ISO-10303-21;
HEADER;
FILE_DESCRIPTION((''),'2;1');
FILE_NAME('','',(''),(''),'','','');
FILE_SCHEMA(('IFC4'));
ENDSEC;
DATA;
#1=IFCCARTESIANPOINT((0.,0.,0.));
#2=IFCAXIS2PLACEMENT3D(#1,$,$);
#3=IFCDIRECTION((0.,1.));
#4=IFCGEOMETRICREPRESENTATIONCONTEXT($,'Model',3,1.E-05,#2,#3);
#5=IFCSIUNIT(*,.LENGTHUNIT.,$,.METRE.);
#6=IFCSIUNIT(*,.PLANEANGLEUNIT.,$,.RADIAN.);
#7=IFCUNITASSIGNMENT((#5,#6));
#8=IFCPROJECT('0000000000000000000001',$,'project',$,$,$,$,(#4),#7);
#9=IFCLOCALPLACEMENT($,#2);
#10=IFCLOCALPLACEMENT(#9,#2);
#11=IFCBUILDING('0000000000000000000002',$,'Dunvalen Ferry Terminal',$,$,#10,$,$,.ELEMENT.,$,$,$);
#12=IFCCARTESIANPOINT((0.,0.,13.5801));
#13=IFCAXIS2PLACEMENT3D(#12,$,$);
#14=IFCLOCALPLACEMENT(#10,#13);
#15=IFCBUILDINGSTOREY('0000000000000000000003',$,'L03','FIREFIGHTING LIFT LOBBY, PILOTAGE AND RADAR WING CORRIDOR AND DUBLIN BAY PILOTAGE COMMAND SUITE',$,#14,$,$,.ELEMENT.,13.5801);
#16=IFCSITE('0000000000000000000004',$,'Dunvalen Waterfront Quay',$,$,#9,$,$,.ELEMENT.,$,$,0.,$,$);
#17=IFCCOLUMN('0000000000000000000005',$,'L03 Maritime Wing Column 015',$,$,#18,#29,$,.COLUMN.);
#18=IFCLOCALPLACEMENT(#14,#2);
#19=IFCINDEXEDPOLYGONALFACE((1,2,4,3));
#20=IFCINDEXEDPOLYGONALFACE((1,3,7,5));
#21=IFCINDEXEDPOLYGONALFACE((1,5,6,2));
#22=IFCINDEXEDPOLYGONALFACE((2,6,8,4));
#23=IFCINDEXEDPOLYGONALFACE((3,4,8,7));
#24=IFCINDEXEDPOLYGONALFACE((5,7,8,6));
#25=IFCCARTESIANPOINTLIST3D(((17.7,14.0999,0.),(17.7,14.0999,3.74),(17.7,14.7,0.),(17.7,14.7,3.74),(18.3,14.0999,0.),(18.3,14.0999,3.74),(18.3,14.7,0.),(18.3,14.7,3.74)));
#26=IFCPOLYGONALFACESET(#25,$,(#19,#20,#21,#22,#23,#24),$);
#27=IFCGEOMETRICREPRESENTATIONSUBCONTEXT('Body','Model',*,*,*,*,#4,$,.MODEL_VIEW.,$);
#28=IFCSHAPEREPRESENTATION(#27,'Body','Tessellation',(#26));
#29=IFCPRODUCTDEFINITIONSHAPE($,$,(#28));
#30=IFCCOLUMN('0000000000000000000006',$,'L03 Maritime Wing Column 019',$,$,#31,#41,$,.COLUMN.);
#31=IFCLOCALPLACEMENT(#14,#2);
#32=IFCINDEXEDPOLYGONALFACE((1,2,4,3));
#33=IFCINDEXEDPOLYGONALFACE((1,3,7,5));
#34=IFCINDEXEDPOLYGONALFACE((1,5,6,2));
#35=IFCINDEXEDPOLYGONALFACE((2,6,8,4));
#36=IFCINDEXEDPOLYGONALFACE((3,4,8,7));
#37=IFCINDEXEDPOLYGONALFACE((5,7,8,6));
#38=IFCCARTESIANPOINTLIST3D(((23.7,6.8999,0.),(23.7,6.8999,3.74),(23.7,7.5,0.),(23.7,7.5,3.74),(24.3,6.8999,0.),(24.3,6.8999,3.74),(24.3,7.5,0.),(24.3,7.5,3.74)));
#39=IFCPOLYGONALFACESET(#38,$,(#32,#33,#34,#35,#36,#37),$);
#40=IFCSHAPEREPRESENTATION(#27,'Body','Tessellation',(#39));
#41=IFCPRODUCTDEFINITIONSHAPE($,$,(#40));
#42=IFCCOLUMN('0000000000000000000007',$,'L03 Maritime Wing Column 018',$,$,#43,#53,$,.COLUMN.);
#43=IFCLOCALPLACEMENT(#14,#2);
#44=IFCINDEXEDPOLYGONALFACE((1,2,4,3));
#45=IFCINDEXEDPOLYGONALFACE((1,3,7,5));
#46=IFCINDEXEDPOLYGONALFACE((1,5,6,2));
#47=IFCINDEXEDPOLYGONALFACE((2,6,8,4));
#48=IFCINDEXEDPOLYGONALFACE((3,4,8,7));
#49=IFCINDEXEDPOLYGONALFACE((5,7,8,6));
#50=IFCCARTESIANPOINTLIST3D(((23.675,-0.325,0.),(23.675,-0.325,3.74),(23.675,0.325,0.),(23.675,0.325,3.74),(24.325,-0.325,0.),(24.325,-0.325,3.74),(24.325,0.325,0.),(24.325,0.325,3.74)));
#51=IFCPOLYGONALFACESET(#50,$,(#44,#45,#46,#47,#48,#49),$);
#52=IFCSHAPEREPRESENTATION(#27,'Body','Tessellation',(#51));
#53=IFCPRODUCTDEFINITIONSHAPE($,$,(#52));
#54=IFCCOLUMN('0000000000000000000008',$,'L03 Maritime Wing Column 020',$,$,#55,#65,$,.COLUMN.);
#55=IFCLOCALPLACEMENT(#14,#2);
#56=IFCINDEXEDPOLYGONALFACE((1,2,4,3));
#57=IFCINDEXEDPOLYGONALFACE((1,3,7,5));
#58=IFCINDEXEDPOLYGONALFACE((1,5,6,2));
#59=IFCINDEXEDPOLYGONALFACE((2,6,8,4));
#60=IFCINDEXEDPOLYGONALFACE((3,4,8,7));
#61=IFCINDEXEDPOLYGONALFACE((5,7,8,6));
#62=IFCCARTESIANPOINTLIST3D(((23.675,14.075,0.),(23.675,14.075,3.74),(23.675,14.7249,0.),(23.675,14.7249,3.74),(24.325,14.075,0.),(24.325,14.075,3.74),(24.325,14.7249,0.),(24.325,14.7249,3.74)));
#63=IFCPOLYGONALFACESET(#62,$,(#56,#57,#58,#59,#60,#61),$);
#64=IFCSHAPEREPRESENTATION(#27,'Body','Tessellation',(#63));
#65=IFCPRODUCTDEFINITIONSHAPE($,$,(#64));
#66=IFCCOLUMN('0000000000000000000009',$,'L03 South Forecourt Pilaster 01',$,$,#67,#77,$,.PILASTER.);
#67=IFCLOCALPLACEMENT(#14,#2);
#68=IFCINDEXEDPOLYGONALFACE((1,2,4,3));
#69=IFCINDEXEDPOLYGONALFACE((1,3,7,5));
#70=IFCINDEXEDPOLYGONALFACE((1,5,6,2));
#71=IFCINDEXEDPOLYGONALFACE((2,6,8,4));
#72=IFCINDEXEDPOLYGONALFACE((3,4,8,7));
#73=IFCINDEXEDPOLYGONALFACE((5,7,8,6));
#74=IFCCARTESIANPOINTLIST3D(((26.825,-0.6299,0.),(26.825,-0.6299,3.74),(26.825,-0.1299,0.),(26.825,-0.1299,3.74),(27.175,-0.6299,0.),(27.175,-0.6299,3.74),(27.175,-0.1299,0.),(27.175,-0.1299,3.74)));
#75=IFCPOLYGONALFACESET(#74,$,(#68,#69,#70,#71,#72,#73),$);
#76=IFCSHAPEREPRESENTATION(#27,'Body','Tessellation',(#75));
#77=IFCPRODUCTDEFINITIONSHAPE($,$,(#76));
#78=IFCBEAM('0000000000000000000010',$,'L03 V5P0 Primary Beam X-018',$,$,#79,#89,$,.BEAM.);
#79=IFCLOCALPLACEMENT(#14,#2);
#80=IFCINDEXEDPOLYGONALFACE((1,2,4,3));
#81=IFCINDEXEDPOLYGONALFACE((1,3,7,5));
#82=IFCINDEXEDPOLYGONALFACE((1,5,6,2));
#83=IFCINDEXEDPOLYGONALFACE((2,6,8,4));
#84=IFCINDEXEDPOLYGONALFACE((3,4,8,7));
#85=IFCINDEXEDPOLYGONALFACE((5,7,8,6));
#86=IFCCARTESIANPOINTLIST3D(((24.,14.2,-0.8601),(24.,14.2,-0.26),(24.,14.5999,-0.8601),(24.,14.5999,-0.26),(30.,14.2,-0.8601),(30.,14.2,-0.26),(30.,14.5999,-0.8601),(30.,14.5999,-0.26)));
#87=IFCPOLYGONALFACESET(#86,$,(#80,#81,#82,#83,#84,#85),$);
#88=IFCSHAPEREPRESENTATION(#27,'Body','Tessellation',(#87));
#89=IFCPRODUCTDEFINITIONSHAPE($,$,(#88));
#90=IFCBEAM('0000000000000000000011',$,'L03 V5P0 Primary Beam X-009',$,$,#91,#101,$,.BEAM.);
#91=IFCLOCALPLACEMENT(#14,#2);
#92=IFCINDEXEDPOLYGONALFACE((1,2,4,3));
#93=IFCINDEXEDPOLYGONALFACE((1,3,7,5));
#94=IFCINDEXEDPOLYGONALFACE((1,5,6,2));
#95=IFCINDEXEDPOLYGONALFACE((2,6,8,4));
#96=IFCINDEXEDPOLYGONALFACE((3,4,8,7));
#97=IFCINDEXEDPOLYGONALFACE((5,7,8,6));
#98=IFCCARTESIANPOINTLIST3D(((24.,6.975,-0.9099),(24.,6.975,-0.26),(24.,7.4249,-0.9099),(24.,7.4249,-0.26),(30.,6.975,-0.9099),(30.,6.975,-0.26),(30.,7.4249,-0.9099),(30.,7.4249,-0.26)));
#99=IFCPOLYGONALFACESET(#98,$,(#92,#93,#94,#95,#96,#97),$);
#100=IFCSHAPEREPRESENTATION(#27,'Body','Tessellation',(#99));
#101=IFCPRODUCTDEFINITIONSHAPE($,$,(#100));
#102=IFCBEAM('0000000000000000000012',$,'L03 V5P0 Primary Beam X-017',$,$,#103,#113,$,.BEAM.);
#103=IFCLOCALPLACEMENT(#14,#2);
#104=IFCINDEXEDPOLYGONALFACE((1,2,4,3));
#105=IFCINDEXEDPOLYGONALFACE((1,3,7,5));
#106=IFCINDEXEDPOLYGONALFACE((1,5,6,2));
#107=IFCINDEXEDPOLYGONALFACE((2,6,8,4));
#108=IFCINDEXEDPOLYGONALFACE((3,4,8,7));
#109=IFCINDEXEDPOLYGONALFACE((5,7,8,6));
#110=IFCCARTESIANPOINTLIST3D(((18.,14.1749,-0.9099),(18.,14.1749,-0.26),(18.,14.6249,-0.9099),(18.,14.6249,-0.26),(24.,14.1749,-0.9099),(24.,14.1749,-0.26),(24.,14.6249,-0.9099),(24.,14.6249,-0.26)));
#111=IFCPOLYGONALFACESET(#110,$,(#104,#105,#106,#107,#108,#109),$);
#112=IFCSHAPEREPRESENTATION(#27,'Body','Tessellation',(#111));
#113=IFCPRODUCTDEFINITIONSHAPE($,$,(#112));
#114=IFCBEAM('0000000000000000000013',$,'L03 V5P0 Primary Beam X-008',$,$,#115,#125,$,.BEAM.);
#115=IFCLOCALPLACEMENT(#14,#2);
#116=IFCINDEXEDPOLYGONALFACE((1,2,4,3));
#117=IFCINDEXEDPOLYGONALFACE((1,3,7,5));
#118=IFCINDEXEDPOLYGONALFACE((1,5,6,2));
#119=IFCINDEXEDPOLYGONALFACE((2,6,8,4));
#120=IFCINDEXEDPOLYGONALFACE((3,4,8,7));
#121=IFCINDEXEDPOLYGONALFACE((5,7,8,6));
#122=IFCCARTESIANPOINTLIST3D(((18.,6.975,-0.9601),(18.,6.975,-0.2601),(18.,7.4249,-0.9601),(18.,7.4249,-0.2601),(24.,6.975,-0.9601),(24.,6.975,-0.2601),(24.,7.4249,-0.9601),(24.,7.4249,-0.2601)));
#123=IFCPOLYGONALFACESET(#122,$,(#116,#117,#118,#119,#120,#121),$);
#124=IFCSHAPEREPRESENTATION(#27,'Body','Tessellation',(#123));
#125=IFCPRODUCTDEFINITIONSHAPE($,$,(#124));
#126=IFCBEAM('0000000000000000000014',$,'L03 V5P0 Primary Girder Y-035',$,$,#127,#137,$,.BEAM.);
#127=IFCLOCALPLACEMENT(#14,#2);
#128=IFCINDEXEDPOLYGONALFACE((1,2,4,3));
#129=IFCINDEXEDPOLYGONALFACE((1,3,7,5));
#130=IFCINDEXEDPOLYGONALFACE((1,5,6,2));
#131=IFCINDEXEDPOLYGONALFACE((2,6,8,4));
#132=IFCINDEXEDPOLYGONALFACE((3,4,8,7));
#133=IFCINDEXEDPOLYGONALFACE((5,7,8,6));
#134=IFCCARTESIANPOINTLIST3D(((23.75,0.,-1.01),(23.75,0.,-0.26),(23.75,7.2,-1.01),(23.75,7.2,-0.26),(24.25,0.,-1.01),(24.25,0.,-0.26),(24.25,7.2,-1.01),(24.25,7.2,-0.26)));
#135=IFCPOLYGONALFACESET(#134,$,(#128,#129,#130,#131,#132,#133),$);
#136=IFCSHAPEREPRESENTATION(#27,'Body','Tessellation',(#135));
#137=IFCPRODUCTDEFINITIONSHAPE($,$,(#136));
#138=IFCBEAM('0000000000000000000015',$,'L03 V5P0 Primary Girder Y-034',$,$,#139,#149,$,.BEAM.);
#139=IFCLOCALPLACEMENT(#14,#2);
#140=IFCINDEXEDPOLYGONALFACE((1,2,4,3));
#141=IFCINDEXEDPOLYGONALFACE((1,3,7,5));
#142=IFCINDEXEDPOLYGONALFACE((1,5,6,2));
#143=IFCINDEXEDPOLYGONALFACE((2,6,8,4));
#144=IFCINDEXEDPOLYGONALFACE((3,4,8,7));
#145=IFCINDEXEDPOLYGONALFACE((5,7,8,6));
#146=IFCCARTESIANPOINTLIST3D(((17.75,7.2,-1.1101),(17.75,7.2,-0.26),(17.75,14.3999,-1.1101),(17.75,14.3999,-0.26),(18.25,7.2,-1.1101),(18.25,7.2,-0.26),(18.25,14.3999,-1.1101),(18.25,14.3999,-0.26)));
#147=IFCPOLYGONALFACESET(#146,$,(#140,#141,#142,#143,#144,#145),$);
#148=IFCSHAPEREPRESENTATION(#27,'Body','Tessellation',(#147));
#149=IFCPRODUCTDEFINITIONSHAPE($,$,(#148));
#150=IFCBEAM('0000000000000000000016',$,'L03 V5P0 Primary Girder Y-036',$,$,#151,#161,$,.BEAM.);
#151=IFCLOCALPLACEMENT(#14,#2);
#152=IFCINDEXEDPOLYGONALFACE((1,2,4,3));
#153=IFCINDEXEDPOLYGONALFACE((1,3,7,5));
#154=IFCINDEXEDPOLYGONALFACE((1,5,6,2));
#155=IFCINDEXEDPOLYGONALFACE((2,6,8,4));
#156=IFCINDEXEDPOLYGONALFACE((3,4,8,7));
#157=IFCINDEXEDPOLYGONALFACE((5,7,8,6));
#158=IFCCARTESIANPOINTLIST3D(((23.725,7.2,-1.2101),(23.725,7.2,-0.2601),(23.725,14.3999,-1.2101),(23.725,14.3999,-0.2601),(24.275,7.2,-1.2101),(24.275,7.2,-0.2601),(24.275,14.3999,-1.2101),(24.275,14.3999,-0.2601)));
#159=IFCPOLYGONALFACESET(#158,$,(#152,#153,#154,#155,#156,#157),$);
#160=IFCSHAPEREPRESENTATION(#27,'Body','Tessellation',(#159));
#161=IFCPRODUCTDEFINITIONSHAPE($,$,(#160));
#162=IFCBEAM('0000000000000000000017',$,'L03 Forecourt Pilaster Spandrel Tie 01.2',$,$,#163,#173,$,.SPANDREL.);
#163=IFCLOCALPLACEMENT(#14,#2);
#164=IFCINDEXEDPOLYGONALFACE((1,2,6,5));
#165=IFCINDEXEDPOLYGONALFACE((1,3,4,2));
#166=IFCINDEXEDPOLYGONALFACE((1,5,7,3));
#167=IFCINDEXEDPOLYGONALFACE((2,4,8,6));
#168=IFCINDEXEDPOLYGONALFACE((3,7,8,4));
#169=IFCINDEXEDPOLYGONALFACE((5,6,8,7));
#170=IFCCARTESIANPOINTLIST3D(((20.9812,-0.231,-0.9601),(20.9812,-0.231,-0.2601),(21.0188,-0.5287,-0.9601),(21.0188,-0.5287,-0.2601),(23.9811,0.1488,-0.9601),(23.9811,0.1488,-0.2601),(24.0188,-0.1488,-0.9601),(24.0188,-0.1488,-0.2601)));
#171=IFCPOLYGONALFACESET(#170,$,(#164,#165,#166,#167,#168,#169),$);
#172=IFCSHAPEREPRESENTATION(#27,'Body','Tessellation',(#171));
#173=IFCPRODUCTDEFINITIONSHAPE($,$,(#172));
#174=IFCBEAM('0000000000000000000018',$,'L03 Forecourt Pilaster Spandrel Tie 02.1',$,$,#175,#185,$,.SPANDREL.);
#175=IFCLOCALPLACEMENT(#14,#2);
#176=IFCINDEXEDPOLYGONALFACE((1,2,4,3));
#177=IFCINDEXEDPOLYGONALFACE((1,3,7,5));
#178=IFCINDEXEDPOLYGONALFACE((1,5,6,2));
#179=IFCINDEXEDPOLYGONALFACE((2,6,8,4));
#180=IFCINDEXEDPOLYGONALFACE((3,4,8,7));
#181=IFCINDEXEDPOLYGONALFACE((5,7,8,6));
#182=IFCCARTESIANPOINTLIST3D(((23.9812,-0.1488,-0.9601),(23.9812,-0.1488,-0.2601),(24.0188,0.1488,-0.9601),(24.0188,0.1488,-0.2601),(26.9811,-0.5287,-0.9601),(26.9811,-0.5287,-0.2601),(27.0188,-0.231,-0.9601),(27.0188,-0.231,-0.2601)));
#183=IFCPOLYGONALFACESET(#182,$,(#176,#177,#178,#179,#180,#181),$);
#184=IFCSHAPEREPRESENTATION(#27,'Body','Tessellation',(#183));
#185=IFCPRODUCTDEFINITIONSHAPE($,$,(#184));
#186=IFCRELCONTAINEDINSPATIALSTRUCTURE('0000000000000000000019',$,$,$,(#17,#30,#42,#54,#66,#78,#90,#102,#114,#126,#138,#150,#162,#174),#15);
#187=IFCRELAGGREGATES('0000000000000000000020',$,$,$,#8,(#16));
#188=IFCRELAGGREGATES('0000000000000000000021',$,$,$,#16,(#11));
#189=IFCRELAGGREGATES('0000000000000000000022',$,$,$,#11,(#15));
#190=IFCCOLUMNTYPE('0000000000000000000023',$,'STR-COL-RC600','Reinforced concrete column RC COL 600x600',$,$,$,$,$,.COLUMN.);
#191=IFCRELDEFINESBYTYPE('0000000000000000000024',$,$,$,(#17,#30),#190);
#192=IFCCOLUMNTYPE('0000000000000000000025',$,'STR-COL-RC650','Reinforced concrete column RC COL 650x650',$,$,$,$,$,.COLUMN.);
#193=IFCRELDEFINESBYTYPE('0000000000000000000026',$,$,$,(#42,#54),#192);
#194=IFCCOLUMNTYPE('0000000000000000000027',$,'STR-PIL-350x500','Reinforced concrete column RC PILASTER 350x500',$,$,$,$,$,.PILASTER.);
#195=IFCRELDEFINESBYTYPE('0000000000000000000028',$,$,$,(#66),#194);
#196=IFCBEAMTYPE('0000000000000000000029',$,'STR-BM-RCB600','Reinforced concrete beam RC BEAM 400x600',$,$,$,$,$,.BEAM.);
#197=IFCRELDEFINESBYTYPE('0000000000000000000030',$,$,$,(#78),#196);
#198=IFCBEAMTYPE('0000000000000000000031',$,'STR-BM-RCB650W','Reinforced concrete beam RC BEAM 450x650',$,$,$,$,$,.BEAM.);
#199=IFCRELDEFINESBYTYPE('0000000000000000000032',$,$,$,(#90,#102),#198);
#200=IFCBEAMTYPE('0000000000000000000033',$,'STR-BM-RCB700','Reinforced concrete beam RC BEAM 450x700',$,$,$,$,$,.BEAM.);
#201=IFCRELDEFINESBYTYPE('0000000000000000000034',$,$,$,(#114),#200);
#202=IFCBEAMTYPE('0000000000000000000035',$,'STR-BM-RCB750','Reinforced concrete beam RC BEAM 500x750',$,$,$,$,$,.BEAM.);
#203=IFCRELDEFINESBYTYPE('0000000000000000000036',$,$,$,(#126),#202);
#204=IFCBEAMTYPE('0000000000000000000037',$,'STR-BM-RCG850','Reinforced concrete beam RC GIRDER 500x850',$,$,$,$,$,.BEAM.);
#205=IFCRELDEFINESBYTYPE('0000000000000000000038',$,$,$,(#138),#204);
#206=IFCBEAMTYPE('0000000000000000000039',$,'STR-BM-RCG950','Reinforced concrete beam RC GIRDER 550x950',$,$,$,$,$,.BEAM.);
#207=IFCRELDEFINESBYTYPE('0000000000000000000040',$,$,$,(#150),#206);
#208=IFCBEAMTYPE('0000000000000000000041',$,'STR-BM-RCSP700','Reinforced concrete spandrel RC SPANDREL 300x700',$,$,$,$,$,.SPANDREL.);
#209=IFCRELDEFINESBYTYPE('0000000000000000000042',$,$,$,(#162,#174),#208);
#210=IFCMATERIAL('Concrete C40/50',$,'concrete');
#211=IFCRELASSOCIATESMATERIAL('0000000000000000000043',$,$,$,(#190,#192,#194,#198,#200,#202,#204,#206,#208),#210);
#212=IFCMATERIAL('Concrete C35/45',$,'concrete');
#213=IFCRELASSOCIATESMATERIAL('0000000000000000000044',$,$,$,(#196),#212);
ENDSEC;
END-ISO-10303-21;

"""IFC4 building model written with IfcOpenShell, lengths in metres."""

from ifc_helpers import new_model, si_unit, direction, frame, origin, origin_2d, place, context, subcontext, project, spatial, rectangle, extrude, material, material_profile, profile_set, type_object, element, save


model = new_model("IFC4")

# Units and contexts
model_context = context("Model", 3, precision=1e-05, world=origin(), true_north=direction((0.0, 1.0)))
body_context = subcontext(model_context, "Body", "Model", "MODEL_VIEW")
ifc_project = project(units=[si_unit("LENGTHUNIT", "METRE"), si_unit("PLANEANGLEUNIT", "RADIAN")], contexts=[model_context])

# Site, building, storey
site_placement = place(None, origin())
site = spatial("IfcSite", under=ifc_project, at=site_placement, Name="Dunvalen Waterfront Quay", CompositionType="ELEMENT", RefElevation=0.0)
building_placement = place(site_placement, origin())
building = spatial("IfcBuilding", under=site, at=building_placement, Name="Dunvalen Ferry Terminal", CompositionType="ELEMENT")
storey_placement = place(building_placement, frame((0.0, 0.0, 13.5801)))
storey = spatial("IfcBuildingStorey", under=building, at=storey_placement, Name="L03", Description="FIREFIGHTING LIFT LOBBY, PILOTAGE AND RADAR WING CORRIDOR AND DUBLIN BAY PILOTAGE COMMAND SUITE", CompositionType="ELEMENT", Elevation=13.5801)

# Columns
ifc_material_1 = material(Name="Concrete C40/50", Category="concrete")
ifc_material_profile_1 = material_profile(ifc_material_1, rectangle(XDim=0.6001, YDim=0.6001, at=origin_2d()), Name="Concrete C40/50")
ifc_profile_set_1 = profile_set([ifc_material_profile_1], Name="Concrete C40/50")
column_type_1 = type_object("IfcColumnType", Name="STR-COL-RC600", Description="Reinforced concrete column RC COL 600x600", PredefinedType="COLUMN", material=ifc_profile_set_1)
for number, where, z_axis, x_axis, name in (
    (1, (18.0, 14.3999, 0.0), (0.0, 0.0, 1.0), (1.0, 0.0, 0.0), "L03 Maritime Wing Column 015"),
    (2, (24.0, 7.2, 0.0), (0.0, 0.0, 1.0), (1.0, 0.0, 0.0), "L03 Maritime Wing Column 019"),
):
    element("IfcColumn", number, at=place(storey_placement, frame(where, z_axis=z_axis, x_axis=x_axis)), inside=storey, type_object=column_type_1, Name=name, PredefinedType="COLUMN", context=body_context, shape_type="SweptSolid", body=[
        extrude(rectangle(XDim=0.6001, YDim=0.6001, at=origin_2d()), origin(), (0.0, 0.0, 1.0), 3.74),
    ])
ifc_material_profile_2 = material_profile(ifc_material_1, rectangle(XDim=0.6499, YDim=0.6499, at=origin_2d()), Name="Concrete C40/50")
ifc_profile_set_2 = profile_set([ifc_material_profile_2], Name="Concrete C40/50")
column_type_2 = type_object("IfcColumnType", Name="STR-COL-RC650", Description="Reinforced concrete column RC COL 650x650", PredefinedType="COLUMN", material=ifc_profile_set_2)
for number, where, z_axis, x_axis, name in (
    (3, (24.0, 0.0, 0.0), (0.0, 0.0, 1.0), (1.0, 0.0, 0.0), "L03 Maritime Wing Column 018"),
    (4, (24.0, 14.3999, 0.0), (0.0, 0.0, 1.0), (1.0, 0.0, 0.0), "L03 Maritime Wing Column 020"),
):
    element("IfcColumn", number, at=place(storey_placement, frame(where, z_axis=z_axis, x_axis=x_axis)), inside=storey, type_object=column_type_2, Name=name, PredefinedType="COLUMN", context=body_context, shape_type="SweptSolid", body=[
        extrude(rectangle(XDim=0.6499, YDim=0.6499, at=origin_2d()), origin(), (0.0, 0.0, 1.0), 3.74),
    ])
ifc_material_profile_3 = material_profile(ifc_material_1, rectangle(XDim=0.3501, YDim=0.5, at=origin_2d()), Name="Concrete C40/50")
ifc_profile_set_3 = profile_set([ifc_material_profile_3], Name="Concrete C40/50")
column_type_3 = type_object("IfcColumnType", Name="STR-PIL-350x500", Description="Reinforced concrete column RC PILASTER 350x500", PredefinedType="PILASTER", material=ifc_profile_set_3)
column_placement = place(storey_placement, frame((27.0, -0.3799, 0.0), z_axis=(0.0, 0.0, 1.0), x_axis=(1.0, 0.0, 0.0)))
element("IfcColumn", 5, at=column_placement, inside=storey, type_object=column_type_3, Name="L03 South Forecourt Pilaster 01", PredefinedType="PILASTER", context=body_context, shape_type="SweptSolid", body=[
    extrude(rectangle(XDim=0.3501, YDim=0.5, at=origin_2d()), origin(), (0.0, 0.0, 1.0), 3.74),
])

# Beams
ifc_material_2 = material(Name="Concrete C35/45", Category="concrete")
ifc_material_profile_4 = material_profile(ifc_material_2, rectangle(XDim=0.3999, YDim=0.6001, at=origin_2d()), Name="Concrete C35/45")
ifc_profile_set_4 = profile_set([ifc_material_profile_4], Name="Concrete C35/45")
beam_type_1 = type_object("IfcBeamType", Name="STR-BM-RCB600", Description="Reinforced concrete beam RC BEAM 400x600", PredefinedType="BEAM", material=ifc_profile_set_4)
beam_1_placement = place(storey_placement, frame((24.0, 14.3999, -0.5601), z_axis=(1.0, 0.0, 0.0), x_axis=(0.0, 1.0, 0.0)))
element("IfcBeam", 6, at=beam_1_placement, inside=storey, type_object=beam_type_1, Name="L03 V5P0 Primary Beam X-018", PredefinedType="BEAM", context=body_context, shape_type="SweptSolid", body=[
    extrude(rectangle(XDim=0.3999, YDim=0.6001, at=origin_2d()), origin(), (0.0, 0.0, 1.0), 6.0),
])
ifc_material_profile_5 = material_profile(ifc_material_1, rectangle(XDim=0.45, YDim=0.6499, at=origin_2d()), Name="Concrete C40/50")
ifc_profile_set_5 = profile_set([ifc_material_profile_5], Name="Concrete C40/50")
beam_type_2 = type_object("IfcBeamType", Name="STR-BM-RCB650W", Description="Reinforced concrete beam RC BEAM 450x650", PredefinedType="BEAM", material=ifc_profile_set_5)
for number, where, z_axis, x_axis, name in (
    (7, (24.0, 7.2, -0.585), (1.0, 0.0, 0.0), (0.0, 1.0, 0.0), "L03 V5P0 Primary Beam X-009"),
    (8, (18.0, 14.3999, -0.585), (1.0, 0.0, 0.0), (0.0, 1.0, 0.0), "L03 V5P0 Primary Beam X-017"),
):
    element("IfcBeam", number, at=place(storey_placement, frame(where, z_axis=z_axis, x_axis=x_axis)), inside=storey, type_object=beam_type_2, Name=name, PredefinedType="BEAM", context=body_context, shape_type="SweptSolid", body=[
        extrude(rectangle(XDim=0.45, YDim=0.6499, at=origin_2d()), origin(), (0.0, 0.0, 1.0), 6.0),
    ])
ifc_material_profile_6 = material_profile(ifc_material_1, rectangle(XDim=0.45, YDim=0.7, at=origin_2d()), Name="Concrete C40/50")
ifc_profile_set_6 = profile_set([ifc_material_profile_6], Name="Concrete C40/50")
beam_type_3 = type_object("IfcBeamType", Name="STR-BM-RCB700", Description="Reinforced concrete beam RC BEAM 450x700", PredefinedType="BEAM", material=ifc_profile_set_6)
beam_2_placement = place(storey_placement, frame((18.0, 7.2, -0.6101), z_axis=(1.0, 0.0, 0.0), x_axis=(0.0, 1.0, 0.0)))
element("IfcBeam", 9, at=beam_2_placement, inside=storey, type_object=beam_type_3, Name="L03 V5P0 Primary Beam X-008", PredefinedType="BEAM", context=body_context, shape_type="SweptSolid", body=[
    extrude(rectangle(XDim=0.45, YDim=0.7, at=origin_2d()), origin(), (0.0, 0.0, 1.0), 6.0),
])
ifc_material_profile_7 = material_profile(ifc_material_1, rectangle(XDim=0.5, YDim=0.75, at=origin_2d()), Name="Concrete C40/50")
ifc_profile_set_7 = profile_set([ifc_material_profile_7], Name="Concrete C40/50")
beam_type_4 = type_object("IfcBeamType", Name="STR-BM-RCB750", Description="Reinforced concrete beam RC BEAM 500x750", PredefinedType="BEAM", material=ifc_profile_set_7)
beam_3_placement = place(storey_placement, frame((24.0, 0.0, -0.635), z_axis=(0.0, 1.0, 0.0), x_axis=(-1.0, 0.0, 0.0)))
element("IfcBeam", 10, at=beam_3_placement, inside=storey, type_object=beam_type_4, Name="L03 V5P0 Primary Girder Y-035", PredefinedType="BEAM", context=body_context, shape_type="SweptSolid", body=[
    extrude(rectangle(XDim=0.5, YDim=0.75, at=origin_2d()), origin(), (0.0, 0.0, 1.0), 7.2),
])
ifc_material_profile_8 = material_profile(ifc_material_1, rectangle(XDim=0.5, YDim=0.8501, at=origin_2d()), Name="Concrete C40/50")
ifc_profile_set_8 = profile_set([ifc_material_profile_8], Name="Concrete C40/50")
beam_type_5 = type_object("IfcBeamType", Name="STR-BM-RCG850", Description="Reinforced concrete beam RC GIRDER 500x850", PredefinedType="BEAM", material=ifc_profile_set_8)
beam_4_placement = place(storey_placement, frame((18.0, 7.2, -0.6851), z_axis=(0.0, 1.0, 0.0), x_axis=(-1.0, 0.0, 0.0)))
element("IfcBeam", 11, at=beam_4_placement, inside=storey, type_object=beam_type_5, Name="L03 V5P0 Primary Girder Y-034", PredefinedType="BEAM", context=body_context, shape_type="SweptSolid", body=[
    extrude(rectangle(XDim=0.5, YDim=0.8501, at=origin_2d()), origin(), (0.0, 0.0, 1.0), 7.2),
])
ifc_material_profile_9 = material_profile(ifc_material_1, rectangle(XDim=0.55, YDim=0.95, at=origin_2d()), Name="Concrete C40/50")
ifc_profile_set_9 = profile_set([ifc_material_profile_9], Name="Concrete C40/50")
beam_type_6 = type_object("IfcBeamType", Name="STR-BM-RCG950", Description="Reinforced concrete beam RC GIRDER 550x950", PredefinedType="BEAM", material=ifc_profile_set_9)
beam_5_placement = place(storey_placement, frame((24.0, 7.2, -0.7351), z_axis=(0.0, 1.0, 0.0), x_axis=(-1.0, 0.0, 0.0)))
element("IfcBeam", 12, at=beam_5_placement, inside=storey, type_object=beam_type_6, Name="L03 V5P0 Primary Girder Y-036", PredefinedType="BEAM", context=body_context, shape_type="SweptSolid", body=[
    extrude(rectangle(XDim=0.55, YDim=0.95, at=origin_2d()), origin(), (0.0, 0.0, 1.0), 7.2),
])
ifc_material_profile_10 = material_profile(ifc_material_1, rectangle(XDim=0.3, YDim=0.7, at=origin_2d()), Name="Concrete C40/50")
ifc_profile_set_10 = profile_set([ifc_material_profile_10], Name="Concrete C40/50")
beam_type_7 = type_object("IfcBeamType", Name="STR-BM-RCSP700", Description="Reinforced concrete spandrel RC SPANDREL 300x700", PredefinedType="SPANDREL", material=ifc_profile_set_10)
for number, where, z_axis, x_axis, name in (
    (13, (21.0, -0.3799, -0.6101), (0.992078, 0.125624, 0.0), (-0.125624, 0.992078, 0.0), "L03 Forecourt Pilaster Spandrel Tie 01.2"),
    (14, (24.0, 0.0, -0.6101), (0.992078, -0.125624, 0.0), (0.125624, 0.992078, 0.0), "L03 Forecourt Pilaster Spandrel Tie 02.1"),
):
    element("IfcBeam", number, at=place(storey_placement, frame(where, z_axis=z_axis, x_axis=x_axis)), inside=storey, type_object=beam_type_7, Name=name, PredefinedType="SPANDREL", context=body_context, shape_type="SweptSolid", body=[
        extrude(rectangle(XDim=0.3, YDim=0.7, at=origin_2d()), origin(), (0.0, 0.0, 1.0), 3.0239),
    ])

save(model, "model.ifc")
